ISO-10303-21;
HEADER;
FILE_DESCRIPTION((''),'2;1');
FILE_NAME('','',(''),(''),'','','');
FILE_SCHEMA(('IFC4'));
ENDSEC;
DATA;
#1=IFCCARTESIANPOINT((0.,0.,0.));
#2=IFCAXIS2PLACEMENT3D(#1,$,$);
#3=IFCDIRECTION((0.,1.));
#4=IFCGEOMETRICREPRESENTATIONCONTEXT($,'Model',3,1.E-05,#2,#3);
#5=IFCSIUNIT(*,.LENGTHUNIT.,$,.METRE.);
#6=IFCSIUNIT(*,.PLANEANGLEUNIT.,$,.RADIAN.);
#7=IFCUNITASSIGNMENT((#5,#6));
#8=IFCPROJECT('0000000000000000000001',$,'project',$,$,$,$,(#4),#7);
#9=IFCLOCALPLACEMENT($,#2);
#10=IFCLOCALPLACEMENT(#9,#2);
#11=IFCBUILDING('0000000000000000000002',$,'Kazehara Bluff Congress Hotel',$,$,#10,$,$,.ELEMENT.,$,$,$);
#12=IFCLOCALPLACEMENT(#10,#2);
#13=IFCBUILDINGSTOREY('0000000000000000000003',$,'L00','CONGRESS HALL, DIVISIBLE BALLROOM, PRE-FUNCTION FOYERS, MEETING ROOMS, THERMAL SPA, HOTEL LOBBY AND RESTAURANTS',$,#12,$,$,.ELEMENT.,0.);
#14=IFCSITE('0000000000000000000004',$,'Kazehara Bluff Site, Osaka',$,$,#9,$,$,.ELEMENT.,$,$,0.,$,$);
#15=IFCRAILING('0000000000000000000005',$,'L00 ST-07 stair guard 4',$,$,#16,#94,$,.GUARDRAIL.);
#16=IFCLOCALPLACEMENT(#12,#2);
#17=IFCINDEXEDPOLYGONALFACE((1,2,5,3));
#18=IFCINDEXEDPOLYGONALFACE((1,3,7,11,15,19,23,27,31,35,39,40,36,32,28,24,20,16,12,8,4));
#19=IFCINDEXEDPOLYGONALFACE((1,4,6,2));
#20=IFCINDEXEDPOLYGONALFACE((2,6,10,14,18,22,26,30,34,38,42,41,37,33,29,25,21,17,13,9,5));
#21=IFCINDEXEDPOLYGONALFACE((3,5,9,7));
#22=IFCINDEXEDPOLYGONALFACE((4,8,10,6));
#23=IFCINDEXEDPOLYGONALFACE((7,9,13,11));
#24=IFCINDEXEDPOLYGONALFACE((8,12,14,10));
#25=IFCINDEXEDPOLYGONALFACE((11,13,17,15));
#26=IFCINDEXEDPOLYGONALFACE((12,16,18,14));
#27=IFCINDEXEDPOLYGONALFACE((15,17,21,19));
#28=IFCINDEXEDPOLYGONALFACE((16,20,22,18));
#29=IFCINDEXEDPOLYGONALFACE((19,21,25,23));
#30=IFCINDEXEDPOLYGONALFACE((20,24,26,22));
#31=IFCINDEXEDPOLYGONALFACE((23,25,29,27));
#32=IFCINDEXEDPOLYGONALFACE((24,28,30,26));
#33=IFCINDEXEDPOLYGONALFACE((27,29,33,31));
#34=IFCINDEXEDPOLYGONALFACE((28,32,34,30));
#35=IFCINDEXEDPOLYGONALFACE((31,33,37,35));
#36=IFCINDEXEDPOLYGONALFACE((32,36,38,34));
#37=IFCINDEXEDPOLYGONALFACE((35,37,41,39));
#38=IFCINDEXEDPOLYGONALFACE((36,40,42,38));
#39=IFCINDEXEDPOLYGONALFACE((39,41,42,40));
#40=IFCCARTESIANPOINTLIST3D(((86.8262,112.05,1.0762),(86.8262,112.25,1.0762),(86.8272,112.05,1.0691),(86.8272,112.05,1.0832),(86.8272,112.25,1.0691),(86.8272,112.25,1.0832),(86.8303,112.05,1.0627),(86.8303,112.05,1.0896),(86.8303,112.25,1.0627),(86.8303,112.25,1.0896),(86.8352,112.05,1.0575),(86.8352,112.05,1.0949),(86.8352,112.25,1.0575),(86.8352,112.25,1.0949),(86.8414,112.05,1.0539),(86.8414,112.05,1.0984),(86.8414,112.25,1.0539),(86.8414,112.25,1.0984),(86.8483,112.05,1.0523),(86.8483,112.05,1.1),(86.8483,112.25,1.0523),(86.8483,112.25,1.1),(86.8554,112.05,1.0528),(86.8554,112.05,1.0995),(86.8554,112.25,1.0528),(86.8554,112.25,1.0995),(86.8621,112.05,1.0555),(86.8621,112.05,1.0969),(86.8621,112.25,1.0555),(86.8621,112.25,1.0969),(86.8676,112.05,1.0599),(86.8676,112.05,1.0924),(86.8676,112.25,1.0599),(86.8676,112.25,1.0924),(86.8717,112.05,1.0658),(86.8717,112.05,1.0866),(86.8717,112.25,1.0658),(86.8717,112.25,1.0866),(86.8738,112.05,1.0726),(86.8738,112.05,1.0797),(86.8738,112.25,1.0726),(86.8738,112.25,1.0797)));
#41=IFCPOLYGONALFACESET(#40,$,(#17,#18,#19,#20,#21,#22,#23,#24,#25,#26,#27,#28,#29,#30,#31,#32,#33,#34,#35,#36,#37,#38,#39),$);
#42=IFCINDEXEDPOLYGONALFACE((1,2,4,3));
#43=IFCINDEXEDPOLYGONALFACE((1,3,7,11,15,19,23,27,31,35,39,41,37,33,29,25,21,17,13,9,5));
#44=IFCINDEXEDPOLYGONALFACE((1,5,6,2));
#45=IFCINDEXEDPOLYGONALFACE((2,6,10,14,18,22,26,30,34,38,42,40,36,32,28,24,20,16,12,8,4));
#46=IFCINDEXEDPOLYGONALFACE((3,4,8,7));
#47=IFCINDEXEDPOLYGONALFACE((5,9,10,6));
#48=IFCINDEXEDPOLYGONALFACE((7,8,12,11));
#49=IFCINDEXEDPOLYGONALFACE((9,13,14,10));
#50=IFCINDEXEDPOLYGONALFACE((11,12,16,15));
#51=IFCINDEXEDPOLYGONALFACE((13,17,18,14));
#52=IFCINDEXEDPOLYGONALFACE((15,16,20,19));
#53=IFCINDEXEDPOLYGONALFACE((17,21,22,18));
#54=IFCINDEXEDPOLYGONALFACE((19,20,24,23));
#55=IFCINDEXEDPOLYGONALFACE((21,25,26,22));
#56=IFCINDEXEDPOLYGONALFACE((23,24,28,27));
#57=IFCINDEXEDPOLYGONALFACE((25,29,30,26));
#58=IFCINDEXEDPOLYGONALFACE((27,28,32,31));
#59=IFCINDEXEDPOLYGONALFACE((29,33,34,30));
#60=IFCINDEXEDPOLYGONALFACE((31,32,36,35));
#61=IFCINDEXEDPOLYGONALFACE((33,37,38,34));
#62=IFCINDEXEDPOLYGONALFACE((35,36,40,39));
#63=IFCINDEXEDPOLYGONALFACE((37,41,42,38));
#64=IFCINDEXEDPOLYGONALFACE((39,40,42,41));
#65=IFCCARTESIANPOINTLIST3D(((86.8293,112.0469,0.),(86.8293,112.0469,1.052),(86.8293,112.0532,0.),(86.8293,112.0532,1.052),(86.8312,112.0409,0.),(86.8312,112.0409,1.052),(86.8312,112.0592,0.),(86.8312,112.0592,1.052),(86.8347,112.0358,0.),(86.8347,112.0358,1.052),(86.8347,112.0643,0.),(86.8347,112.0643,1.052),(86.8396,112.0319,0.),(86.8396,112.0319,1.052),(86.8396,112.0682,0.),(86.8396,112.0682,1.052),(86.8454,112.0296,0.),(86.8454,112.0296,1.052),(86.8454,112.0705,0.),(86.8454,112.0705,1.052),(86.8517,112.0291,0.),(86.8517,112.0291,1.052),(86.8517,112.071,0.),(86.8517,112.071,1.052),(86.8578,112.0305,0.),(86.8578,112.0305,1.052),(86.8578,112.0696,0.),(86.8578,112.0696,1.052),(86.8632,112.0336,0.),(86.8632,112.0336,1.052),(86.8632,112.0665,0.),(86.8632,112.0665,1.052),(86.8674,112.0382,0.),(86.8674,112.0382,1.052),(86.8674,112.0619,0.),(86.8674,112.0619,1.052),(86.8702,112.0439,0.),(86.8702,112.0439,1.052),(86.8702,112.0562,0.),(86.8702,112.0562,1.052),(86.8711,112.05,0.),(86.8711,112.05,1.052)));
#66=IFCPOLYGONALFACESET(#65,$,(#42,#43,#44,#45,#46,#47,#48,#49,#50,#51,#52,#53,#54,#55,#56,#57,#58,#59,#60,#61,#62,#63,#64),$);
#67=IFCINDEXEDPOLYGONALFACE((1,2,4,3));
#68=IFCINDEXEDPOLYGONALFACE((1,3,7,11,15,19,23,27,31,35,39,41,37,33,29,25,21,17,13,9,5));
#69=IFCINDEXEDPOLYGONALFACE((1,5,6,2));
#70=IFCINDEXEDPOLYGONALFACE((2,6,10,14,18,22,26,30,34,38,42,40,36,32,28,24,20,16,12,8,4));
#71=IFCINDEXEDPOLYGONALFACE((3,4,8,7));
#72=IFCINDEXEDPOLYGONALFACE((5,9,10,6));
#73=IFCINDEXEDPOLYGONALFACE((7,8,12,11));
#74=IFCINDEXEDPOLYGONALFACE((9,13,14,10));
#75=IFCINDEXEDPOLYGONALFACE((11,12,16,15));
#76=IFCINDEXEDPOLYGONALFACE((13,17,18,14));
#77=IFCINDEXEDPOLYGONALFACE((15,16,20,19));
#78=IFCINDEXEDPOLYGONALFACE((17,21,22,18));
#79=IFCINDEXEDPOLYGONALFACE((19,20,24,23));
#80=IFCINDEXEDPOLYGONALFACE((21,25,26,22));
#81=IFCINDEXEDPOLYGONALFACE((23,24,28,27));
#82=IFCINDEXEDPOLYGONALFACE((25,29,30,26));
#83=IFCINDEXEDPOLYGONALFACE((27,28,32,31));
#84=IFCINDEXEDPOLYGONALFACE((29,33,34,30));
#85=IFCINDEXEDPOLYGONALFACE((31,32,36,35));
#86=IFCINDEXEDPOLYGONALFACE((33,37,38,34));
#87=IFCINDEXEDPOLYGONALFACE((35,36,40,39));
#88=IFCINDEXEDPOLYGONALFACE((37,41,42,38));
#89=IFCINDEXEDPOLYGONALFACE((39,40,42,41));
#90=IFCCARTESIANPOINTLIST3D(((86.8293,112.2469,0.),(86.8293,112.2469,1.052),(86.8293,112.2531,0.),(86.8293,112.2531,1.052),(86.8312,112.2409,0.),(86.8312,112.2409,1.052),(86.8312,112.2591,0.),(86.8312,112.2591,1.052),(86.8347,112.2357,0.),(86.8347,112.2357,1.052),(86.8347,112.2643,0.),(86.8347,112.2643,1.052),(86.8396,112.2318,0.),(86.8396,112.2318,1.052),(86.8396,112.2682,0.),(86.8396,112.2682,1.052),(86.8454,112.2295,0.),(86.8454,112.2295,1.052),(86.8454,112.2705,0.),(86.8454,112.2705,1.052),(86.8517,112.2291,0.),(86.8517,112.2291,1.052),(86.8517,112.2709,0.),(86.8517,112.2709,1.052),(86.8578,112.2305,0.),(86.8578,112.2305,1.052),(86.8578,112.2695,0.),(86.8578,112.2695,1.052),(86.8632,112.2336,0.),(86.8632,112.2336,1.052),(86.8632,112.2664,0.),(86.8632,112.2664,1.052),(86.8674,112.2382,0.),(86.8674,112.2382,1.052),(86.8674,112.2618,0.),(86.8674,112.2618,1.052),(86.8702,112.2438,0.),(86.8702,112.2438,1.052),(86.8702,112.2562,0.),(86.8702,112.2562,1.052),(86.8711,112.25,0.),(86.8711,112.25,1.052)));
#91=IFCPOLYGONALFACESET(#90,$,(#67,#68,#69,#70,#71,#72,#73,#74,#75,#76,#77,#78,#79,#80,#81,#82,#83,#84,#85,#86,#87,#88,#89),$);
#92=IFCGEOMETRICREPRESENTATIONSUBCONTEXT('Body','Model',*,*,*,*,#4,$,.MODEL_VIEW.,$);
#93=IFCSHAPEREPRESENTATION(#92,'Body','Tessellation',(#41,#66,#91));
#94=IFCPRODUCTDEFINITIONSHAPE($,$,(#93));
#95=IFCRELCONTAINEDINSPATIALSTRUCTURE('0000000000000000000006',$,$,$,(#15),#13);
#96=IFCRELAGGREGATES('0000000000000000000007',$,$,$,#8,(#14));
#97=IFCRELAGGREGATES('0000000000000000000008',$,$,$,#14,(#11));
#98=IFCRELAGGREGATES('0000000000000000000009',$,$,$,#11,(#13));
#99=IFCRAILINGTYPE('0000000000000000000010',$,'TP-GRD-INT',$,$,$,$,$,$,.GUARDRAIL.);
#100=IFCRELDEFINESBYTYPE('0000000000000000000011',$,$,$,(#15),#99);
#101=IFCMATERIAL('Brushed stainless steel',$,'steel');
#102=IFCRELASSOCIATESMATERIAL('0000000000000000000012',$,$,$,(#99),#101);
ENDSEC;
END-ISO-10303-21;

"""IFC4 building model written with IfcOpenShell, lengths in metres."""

from ifc_helpers import new_model, si_unit, direction, frame, origin, origin_2d, place, context, subcontext, project, spatial, circle, extrude, material, type_object, element, save


model = new_model("IFC4")

# Units and contexts
model_context = context("Model", 3, precision=1e-05, world=origin(), true_north=direction((0.0, 1.0)))
body_context = subcontext(model_context, "Body", "Model", "MODEL_VIEW")
ifc_project = project(units=[si_unit("LENGTHUNIT", "METRE"), si_unit("PLANEANGLEUNIT", "RADIAN")], contexts=[model_context])

# Site, building, storey
site_placement = place(None, origin())
site = spatial("IfcSite", under=ifc_project, at=site_placement, Name="Kazehara Bluff Site, Osaka", CompositionType="ELEMENT", RefElevation=0.0)
building_placement = place(site_placement, origin())
building = spatial("IfcBuilding", under=site, at=building_placement, Name="Kazehara Bluff Congress Hotel", CompositionType="ELEMENT")
storey_placement = place(building_placement, origin())
storey = spatial("IfcBuildingStorey", under=building, at=storey_placement, Name="L00", Description="CONGRESS HALL, DIVISIBLE BALLROOM, PRE-FUNCTION FOYERS, MEETING ROOMS, THERMAL SPA, HOTEL LOBBY AND RESTAURANTS", CompositionType="ELEMENT", Elevation=0.0)

# Railing
ifc_material_1 = material(Name="Brushed stainless steel", Category="steel")
railing_type_1 = type_object("IfcRailingType", Name="TP-GRD-INT", PredefinedType="GUARDRAIL", material=ifc_material_1)
railing_1_placement = place(storey_placement, frame((86.8501, 112.05, 0.0)))
element("IfcRailing", 1, at=railing_1_placement, inside=storey, type_object=railing_type_1, Name="L00 ST-07 stair guard 4", PredefinedType="GUARDRAIL", context=body_context, shape_type="SweptSolid", body=[
    extrude(circle(Radius=0.0239, at=origin_2d()), frame((0.0, 0.0, 1.0762), z_axis=(0.0, 1.0, 0.0), x_axis=(-1.0, 0.0, 0.0)), (0.0, 0.0, 1.0), 0.2),
    extrude(circle(Radius=0.021, at=origin_2d()), origin(), (0.0, 0.0, 1.0), 1.052),
    extrude(circle(Radius=0.021, at=origin_2d()), frame((0.0, 0.2, 0.0)), (0.0, 0.0, 1.0), 1.052),
])

save(model, "model.ifc")
